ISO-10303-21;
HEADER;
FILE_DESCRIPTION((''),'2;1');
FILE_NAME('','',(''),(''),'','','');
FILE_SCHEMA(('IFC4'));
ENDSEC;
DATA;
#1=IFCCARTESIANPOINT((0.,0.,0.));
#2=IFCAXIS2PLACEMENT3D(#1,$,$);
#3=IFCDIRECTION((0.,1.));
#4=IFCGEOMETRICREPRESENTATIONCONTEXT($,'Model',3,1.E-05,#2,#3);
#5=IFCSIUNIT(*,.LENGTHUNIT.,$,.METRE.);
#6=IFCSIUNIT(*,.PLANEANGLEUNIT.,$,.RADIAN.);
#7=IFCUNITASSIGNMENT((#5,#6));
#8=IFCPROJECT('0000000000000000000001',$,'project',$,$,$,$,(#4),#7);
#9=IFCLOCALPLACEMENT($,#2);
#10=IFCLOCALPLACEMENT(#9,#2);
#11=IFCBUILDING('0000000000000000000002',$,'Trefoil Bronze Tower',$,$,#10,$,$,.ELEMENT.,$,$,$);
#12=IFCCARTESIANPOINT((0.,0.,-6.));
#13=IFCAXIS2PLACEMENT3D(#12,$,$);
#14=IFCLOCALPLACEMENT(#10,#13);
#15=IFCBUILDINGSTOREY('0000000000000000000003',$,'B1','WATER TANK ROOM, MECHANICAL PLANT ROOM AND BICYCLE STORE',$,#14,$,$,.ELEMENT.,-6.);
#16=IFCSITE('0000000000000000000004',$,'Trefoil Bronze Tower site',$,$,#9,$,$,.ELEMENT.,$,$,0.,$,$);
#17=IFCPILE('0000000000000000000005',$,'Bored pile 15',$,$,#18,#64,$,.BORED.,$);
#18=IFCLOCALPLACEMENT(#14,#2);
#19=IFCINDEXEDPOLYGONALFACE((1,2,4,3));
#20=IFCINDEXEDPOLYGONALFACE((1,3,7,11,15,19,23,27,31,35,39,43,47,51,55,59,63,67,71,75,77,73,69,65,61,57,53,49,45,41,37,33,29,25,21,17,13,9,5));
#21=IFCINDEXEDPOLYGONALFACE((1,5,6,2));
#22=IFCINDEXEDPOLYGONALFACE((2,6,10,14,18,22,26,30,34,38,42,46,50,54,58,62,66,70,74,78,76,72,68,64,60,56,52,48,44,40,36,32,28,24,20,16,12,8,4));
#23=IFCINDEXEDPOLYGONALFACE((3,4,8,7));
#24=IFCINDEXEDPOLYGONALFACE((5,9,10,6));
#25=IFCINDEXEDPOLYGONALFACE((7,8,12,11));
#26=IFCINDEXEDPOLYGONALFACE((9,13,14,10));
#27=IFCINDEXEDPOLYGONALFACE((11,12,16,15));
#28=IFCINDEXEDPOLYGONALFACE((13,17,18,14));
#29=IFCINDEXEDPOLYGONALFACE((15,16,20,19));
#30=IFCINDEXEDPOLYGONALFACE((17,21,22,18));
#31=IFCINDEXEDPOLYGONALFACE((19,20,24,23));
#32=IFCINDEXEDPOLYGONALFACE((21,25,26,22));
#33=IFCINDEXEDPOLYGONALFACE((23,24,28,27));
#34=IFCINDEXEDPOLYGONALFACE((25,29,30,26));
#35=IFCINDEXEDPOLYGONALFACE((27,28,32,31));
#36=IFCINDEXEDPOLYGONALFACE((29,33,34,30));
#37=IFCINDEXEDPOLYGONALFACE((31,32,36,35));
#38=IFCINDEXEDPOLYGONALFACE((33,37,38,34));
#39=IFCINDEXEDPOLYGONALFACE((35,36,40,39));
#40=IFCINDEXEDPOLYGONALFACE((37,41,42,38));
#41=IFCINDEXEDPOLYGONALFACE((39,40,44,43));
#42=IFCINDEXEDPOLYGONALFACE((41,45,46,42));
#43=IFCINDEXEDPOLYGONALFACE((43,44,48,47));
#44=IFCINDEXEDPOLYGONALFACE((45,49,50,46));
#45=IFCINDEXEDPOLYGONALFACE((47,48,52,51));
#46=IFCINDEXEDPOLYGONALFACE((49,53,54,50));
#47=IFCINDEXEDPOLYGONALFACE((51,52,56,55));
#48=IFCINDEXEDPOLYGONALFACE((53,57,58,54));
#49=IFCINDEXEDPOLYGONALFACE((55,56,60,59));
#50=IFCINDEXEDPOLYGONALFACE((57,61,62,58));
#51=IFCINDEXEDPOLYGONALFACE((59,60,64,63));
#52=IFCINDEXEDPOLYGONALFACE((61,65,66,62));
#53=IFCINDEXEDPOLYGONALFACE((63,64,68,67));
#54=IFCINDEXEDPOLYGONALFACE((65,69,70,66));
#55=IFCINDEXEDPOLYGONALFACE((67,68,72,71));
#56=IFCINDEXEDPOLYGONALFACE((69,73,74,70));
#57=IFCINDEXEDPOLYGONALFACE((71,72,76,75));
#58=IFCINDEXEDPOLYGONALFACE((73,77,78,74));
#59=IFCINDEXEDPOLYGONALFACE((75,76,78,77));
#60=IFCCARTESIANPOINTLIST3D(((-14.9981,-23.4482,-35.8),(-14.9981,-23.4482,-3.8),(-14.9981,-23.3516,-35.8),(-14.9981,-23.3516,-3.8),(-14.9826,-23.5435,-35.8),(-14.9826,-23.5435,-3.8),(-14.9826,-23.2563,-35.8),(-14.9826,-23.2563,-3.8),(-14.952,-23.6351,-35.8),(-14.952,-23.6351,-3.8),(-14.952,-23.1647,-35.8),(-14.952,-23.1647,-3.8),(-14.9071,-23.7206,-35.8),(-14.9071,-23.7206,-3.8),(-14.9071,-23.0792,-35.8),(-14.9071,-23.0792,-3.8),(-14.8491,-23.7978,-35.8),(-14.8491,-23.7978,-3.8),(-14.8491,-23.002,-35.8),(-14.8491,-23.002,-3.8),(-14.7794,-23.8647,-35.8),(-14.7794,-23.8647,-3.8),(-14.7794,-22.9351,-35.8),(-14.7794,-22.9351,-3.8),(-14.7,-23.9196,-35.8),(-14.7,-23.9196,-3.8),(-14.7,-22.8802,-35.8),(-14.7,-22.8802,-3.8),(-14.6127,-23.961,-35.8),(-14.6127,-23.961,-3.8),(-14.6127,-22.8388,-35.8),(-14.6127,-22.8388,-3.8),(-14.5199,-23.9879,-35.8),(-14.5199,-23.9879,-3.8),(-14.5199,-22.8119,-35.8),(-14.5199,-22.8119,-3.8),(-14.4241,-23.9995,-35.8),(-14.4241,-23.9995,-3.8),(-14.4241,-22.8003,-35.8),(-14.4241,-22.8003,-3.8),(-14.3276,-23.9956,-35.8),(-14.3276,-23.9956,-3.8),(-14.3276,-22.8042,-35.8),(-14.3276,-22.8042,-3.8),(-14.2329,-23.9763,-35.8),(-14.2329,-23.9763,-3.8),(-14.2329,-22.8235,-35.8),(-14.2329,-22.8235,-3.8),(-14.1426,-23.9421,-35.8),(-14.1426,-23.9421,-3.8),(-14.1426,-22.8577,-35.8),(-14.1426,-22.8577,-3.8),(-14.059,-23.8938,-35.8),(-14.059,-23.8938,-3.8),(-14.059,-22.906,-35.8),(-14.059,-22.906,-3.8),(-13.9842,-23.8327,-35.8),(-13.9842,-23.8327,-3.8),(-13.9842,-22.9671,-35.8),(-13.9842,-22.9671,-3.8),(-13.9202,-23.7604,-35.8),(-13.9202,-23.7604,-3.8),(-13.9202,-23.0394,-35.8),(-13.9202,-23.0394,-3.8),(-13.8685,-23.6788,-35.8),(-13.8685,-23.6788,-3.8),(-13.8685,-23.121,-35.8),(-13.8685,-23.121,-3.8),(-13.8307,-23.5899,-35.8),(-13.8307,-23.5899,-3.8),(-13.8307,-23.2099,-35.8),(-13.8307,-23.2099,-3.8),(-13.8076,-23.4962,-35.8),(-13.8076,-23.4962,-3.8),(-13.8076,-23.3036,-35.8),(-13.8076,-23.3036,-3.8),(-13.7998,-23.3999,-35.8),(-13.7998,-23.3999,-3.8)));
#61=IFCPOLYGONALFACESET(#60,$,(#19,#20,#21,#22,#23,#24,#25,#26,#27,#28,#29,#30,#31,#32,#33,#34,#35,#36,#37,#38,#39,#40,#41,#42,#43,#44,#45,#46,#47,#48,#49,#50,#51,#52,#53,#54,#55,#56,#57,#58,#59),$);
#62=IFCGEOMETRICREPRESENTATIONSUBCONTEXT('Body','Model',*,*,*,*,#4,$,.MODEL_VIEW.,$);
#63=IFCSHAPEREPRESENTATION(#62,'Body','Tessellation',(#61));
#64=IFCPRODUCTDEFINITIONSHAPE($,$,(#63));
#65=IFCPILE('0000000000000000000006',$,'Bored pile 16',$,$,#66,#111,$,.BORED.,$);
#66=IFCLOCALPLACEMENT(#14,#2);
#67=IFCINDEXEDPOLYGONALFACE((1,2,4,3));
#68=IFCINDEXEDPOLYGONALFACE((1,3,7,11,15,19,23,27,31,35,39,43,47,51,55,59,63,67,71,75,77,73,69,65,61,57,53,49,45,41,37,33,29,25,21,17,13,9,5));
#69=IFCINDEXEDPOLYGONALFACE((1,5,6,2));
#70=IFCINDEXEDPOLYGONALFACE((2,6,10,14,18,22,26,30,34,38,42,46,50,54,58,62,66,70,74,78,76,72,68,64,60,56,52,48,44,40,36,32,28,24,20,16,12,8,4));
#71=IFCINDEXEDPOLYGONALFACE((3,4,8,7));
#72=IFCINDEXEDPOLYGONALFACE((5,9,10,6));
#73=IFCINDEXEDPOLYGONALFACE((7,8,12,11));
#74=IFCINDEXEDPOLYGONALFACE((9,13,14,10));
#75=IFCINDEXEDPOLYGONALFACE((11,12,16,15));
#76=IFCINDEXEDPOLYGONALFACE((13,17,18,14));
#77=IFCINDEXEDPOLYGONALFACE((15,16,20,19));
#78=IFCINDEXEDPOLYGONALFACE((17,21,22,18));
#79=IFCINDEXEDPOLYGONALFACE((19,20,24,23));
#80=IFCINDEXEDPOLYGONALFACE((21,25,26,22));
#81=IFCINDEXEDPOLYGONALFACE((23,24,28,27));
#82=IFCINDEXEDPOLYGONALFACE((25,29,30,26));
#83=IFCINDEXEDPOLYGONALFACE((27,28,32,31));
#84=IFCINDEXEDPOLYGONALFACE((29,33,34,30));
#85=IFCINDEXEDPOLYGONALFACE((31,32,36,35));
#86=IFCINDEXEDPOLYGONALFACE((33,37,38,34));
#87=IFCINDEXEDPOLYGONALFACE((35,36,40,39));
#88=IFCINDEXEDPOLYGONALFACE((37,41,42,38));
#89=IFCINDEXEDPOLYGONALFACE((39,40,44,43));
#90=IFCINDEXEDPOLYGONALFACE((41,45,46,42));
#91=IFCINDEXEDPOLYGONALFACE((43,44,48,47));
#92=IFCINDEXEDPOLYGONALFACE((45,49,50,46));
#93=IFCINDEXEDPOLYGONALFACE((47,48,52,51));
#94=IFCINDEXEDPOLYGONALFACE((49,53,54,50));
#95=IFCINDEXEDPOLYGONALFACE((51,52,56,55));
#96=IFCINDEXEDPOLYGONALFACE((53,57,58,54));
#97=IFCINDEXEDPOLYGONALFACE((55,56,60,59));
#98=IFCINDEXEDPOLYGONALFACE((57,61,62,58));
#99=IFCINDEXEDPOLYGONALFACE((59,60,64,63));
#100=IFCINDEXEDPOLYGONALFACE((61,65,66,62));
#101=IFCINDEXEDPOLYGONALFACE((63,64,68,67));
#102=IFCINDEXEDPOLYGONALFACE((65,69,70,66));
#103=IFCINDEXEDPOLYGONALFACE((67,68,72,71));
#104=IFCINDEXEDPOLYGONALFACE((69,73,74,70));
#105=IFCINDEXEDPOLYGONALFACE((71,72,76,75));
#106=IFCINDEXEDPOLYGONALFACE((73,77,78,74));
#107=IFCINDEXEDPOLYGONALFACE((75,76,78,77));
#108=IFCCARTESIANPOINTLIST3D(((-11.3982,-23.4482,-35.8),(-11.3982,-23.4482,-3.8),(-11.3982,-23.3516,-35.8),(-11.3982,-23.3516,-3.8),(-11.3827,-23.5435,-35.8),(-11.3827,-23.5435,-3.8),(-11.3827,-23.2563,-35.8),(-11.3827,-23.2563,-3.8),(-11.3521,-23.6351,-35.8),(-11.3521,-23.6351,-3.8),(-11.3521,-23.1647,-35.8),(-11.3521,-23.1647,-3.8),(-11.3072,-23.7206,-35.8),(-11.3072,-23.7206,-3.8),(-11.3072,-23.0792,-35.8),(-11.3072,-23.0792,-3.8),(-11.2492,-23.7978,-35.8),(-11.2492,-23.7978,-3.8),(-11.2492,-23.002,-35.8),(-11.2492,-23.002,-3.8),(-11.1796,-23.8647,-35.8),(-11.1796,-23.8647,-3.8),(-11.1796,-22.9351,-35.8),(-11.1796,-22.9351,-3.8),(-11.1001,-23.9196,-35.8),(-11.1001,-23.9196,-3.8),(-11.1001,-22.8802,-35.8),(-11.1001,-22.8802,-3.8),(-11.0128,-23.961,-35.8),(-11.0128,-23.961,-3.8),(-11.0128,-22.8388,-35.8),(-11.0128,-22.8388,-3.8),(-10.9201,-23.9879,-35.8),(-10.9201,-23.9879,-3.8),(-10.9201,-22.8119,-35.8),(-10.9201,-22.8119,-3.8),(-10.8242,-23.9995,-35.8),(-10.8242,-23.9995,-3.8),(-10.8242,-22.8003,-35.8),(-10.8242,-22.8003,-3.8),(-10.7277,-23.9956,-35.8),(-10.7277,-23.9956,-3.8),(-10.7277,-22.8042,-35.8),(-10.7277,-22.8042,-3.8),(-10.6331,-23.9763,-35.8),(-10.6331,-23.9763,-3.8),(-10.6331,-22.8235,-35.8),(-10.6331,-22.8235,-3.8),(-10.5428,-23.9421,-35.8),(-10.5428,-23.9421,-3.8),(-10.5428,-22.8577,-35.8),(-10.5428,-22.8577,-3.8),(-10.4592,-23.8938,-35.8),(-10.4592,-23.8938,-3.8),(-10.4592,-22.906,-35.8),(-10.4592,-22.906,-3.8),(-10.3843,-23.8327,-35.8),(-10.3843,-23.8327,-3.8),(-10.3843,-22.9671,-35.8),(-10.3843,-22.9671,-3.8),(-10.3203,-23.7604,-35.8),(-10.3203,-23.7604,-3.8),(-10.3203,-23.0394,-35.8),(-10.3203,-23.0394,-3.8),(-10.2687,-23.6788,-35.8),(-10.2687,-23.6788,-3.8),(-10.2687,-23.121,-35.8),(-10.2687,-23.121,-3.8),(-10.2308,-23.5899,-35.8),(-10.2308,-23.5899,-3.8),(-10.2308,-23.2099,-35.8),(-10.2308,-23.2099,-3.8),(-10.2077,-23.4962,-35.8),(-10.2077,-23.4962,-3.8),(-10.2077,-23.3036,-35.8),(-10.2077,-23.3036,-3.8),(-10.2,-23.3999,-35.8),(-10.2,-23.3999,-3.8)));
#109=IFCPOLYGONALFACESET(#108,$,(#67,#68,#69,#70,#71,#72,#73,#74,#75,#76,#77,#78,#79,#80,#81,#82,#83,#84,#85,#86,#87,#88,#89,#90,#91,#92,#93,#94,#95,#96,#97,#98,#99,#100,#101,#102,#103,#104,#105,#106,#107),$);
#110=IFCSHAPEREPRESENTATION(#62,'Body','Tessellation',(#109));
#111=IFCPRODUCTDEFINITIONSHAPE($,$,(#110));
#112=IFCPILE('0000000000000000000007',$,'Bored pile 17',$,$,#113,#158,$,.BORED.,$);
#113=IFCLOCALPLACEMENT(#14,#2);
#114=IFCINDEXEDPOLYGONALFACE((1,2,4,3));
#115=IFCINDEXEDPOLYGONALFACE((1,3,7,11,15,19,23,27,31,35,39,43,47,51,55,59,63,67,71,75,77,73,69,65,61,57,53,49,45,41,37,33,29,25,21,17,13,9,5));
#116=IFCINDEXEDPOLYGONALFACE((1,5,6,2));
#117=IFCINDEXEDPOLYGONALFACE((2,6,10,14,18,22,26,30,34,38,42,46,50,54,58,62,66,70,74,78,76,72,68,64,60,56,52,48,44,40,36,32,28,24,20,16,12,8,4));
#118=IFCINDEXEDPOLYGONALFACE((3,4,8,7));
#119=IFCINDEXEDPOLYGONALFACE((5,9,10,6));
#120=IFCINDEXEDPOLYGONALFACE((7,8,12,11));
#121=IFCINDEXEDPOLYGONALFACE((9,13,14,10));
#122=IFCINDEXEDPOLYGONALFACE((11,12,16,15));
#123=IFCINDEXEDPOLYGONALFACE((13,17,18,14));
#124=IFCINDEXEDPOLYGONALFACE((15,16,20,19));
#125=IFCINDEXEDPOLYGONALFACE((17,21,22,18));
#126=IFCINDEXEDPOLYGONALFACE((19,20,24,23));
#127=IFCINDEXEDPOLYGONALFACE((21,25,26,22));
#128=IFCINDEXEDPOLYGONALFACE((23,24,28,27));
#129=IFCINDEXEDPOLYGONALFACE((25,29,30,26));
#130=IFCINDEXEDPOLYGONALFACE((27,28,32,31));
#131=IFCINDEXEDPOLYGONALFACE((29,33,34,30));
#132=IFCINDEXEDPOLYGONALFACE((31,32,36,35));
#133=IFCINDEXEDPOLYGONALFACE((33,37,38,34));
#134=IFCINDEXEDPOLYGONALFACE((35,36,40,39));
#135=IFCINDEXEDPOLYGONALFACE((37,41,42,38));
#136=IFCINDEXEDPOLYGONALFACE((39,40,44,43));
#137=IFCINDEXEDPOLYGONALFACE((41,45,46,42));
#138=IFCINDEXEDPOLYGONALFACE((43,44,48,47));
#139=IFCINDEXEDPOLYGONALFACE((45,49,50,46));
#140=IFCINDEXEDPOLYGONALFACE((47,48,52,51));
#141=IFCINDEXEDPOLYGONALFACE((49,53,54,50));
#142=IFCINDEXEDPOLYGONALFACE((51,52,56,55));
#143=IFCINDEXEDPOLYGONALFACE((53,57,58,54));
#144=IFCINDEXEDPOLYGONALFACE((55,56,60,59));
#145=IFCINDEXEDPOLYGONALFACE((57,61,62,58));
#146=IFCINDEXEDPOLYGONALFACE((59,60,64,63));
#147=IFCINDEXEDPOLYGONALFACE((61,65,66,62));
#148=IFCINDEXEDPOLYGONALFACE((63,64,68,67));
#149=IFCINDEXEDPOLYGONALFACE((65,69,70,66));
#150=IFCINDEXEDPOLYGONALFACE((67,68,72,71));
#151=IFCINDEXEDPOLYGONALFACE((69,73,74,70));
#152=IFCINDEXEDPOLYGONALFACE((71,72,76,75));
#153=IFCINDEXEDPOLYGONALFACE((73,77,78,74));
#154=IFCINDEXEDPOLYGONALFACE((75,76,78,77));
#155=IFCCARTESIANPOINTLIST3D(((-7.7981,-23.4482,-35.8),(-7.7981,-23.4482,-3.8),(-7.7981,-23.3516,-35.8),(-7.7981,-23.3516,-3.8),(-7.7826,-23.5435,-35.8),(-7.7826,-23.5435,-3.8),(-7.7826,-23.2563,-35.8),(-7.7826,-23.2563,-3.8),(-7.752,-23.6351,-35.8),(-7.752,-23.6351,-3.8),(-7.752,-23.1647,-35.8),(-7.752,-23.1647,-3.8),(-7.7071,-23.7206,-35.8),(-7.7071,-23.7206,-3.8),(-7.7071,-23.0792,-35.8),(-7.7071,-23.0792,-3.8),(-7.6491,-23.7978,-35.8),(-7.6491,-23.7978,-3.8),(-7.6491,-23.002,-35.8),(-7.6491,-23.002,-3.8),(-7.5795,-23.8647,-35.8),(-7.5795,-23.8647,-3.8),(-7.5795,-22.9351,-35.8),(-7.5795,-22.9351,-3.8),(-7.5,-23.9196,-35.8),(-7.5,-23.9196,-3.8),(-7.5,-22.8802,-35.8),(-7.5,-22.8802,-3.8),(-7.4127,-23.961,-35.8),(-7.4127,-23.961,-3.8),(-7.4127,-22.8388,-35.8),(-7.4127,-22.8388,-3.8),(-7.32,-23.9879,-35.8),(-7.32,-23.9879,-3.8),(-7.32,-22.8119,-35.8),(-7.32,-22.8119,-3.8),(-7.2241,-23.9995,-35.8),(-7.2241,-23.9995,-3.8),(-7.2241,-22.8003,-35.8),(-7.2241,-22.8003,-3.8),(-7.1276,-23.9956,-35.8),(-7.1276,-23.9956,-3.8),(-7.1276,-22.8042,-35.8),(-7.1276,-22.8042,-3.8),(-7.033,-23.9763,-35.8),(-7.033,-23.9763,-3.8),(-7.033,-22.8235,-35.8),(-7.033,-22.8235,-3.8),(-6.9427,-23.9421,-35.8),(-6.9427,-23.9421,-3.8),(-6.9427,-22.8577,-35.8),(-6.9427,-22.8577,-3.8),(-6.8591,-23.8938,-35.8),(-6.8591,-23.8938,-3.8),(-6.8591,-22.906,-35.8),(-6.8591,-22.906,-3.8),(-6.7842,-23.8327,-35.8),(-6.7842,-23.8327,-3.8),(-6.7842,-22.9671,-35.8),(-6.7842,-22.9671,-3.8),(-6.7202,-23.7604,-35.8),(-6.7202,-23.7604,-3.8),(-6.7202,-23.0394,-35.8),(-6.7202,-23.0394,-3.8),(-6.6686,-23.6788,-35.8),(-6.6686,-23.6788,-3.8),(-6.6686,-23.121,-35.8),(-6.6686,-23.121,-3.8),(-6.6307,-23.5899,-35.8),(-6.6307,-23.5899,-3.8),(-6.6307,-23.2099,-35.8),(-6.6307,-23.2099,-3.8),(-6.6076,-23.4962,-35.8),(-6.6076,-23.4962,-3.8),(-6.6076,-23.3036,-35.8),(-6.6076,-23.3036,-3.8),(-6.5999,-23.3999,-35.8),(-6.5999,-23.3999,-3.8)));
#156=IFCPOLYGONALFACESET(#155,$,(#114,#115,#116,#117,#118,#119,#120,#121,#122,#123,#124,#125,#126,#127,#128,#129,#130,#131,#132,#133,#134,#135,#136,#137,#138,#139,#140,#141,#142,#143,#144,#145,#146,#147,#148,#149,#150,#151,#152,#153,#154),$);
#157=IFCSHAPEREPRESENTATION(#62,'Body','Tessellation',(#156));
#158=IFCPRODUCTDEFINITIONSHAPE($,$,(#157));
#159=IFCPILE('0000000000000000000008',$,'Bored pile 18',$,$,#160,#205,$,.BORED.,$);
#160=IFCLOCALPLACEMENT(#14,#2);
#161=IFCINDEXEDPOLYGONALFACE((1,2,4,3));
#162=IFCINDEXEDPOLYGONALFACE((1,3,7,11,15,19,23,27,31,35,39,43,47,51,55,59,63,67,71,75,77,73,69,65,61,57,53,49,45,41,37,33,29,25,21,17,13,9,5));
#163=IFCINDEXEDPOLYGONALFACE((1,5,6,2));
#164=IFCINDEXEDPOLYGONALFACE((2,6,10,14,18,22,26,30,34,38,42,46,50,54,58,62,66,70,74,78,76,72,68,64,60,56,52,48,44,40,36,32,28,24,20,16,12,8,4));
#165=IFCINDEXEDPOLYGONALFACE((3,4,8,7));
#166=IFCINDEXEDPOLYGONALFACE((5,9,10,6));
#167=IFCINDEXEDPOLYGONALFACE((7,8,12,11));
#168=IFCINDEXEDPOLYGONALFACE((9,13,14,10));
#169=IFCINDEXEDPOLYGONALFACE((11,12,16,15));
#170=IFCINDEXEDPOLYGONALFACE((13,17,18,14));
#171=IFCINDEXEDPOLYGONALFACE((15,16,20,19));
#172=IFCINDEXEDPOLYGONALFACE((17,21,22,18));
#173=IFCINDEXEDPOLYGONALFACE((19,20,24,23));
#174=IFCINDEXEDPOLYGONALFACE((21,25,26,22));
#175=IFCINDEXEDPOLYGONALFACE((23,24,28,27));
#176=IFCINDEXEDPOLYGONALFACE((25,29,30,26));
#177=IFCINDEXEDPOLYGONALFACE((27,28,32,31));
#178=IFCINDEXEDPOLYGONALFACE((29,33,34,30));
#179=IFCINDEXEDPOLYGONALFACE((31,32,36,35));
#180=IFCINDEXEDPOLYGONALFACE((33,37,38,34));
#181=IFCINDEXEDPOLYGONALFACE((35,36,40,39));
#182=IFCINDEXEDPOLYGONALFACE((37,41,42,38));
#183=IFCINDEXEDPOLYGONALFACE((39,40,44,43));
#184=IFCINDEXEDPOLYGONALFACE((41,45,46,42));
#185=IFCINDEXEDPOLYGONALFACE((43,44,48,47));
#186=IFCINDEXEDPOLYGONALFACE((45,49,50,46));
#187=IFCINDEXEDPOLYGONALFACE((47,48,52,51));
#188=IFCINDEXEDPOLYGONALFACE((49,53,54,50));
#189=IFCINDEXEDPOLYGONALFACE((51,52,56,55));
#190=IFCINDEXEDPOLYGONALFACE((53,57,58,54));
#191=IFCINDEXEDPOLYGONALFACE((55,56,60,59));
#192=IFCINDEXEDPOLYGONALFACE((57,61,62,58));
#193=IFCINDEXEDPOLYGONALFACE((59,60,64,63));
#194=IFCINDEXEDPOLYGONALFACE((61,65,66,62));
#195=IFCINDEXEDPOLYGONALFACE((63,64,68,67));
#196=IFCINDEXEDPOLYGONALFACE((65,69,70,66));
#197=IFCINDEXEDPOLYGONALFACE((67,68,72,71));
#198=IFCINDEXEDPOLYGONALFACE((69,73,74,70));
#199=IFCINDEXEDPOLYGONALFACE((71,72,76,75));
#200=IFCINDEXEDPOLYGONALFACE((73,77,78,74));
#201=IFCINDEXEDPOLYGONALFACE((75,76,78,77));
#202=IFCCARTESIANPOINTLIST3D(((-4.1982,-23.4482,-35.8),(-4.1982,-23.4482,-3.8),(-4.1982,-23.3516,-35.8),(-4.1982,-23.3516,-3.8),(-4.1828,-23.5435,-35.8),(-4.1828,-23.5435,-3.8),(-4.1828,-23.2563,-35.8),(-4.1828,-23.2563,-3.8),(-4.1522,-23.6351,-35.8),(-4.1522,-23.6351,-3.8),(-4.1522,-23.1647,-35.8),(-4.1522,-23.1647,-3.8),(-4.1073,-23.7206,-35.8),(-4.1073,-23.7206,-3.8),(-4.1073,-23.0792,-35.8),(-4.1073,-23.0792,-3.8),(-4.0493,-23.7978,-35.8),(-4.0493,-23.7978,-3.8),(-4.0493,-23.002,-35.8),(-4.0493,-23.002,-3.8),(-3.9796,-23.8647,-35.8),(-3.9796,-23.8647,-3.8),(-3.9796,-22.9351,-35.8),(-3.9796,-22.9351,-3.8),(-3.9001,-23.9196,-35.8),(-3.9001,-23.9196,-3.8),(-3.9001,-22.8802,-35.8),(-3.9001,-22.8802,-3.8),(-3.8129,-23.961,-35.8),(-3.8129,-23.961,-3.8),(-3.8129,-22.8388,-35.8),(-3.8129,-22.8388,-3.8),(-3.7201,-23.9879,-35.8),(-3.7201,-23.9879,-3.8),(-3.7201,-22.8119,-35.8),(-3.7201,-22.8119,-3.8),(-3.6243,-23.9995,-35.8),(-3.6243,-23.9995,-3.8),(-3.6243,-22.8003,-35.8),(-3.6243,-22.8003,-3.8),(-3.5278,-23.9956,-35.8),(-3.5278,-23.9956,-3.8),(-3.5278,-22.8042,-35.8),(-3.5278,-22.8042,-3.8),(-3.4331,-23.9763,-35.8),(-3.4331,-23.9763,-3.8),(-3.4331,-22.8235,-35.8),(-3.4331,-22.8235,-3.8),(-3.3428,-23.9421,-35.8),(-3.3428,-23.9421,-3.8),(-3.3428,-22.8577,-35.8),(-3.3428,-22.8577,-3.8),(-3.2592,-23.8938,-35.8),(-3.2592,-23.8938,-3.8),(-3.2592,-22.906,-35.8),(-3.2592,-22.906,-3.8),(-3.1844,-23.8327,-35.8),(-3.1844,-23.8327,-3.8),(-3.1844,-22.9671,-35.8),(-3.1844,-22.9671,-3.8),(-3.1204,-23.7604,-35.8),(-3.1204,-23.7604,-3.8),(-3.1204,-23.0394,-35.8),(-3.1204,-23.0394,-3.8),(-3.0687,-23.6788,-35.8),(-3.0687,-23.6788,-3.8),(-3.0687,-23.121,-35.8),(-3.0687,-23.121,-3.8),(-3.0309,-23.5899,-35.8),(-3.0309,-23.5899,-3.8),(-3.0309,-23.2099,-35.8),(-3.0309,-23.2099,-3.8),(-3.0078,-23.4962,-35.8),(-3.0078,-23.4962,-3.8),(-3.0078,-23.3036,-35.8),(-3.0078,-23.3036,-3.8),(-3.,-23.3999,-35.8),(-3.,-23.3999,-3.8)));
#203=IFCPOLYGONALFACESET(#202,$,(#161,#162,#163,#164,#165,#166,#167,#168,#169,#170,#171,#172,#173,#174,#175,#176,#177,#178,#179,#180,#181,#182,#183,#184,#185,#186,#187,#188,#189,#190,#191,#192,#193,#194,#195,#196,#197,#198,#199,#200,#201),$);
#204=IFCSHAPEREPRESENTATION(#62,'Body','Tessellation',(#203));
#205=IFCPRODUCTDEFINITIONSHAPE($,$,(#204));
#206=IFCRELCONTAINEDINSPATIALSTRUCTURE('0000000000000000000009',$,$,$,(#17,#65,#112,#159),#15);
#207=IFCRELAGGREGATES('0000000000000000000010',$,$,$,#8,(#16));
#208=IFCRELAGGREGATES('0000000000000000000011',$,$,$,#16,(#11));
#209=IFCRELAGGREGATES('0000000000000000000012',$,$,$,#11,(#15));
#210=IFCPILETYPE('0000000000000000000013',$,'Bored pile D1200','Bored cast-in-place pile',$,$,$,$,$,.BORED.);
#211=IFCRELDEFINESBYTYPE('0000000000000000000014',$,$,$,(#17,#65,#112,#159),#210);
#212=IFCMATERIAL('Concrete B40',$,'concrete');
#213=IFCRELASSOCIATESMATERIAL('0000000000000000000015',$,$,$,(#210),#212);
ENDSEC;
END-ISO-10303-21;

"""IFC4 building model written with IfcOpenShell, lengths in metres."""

from ifc_helpers import new_model, si_unit, direction, frame, origin, origin_2d, place, context, subcontext, project, spatial, circle, extrude, material, type_object, element, save


model = new_model("IFC4")

# Units and contexts
model_context = context("Model", 3, precision=1e-05, world=origin(), true_north=direction((0.0, 1.0)))
body_context = subcontext(model_context, "Body", "Model", "MODEL_VIEW")
ifc_project = project(units=[si_unit("LENGTHUNIT", "METRE"), si_unit("PLANEANGLEUNIT", "RADIAN")], contexts=[model_context])

# Site, building, storey
site_placement = place(None, origin())
site = spatial("IfcSite", under=ifc_project, at=site_placement, Name="Trefoil Bronze Tower site", CompositionType="ELEMENT", RefElevation=0.0)
building_placement = place(site_placement, origin())
building = spatial("IfcBuilding", under=site, at=building_placement, Name="Trefoil Bronze Tower", CompositionType="ELEMENT")
storey_placement = place(building_placement, frame((0.0, 0.0, -6.0)))
storey = spatial("IfcBuildingStorey", under=building, at=storey_placement, Name="B1", Description="WATER TANK ROOM, MECHANICAL PLANT ROOM AND BICYCLE STORE", CompositionType="ELEMENT", Elevation=-6.0)

# Piles
ifc_material_1 = material(Name="Concrete B40", Category="concrete")
pile_type = type_object("IfcPileType", Name="Bored pile D1200", Description="Bored cast-in-place pile", PredefinedType="BORED", material=ifc_material_1)
for number, where, z_axis, x_axis, name in (
    (1, (-14.3999, -23.3999, -3.8), (0.0, 0.0, -1.0), (1.0, 0.0, 0.0), "Bored pile 15"),
    (2, (-10.8, -23.3999, -3.8), (0.0, 0.0, -1.0), (1.0, 0.0, 0.0), "Bored pile 16"),
    (3, (-7.2, -23.3999, -3.8), (0.0, 0.0, -1.0), (1.0, 0.0, 0.0), "Bored pile 17"),
    (4, (-3.6001, -23.3999, -3.8), (0.0, 0.0, -1.0), (1.0, 0.0, 0.0), "Bored pile 18"),
):
    element("IfcPile", number, at=place(storey_placement, frame(where, z_axis=z_axis, x_axis=x_axis)), inside=storey, type_object=pile_type, Name=name, PredefinedType="BORED", context=body_context, shape_type="SweptSolid", body=[
        extrude(circle(Radius=0.6001, at=origin_2d()), origin(), (0.0, 0.0, 1.0), 32.0),
    ])

save(model, "model.ifc")
